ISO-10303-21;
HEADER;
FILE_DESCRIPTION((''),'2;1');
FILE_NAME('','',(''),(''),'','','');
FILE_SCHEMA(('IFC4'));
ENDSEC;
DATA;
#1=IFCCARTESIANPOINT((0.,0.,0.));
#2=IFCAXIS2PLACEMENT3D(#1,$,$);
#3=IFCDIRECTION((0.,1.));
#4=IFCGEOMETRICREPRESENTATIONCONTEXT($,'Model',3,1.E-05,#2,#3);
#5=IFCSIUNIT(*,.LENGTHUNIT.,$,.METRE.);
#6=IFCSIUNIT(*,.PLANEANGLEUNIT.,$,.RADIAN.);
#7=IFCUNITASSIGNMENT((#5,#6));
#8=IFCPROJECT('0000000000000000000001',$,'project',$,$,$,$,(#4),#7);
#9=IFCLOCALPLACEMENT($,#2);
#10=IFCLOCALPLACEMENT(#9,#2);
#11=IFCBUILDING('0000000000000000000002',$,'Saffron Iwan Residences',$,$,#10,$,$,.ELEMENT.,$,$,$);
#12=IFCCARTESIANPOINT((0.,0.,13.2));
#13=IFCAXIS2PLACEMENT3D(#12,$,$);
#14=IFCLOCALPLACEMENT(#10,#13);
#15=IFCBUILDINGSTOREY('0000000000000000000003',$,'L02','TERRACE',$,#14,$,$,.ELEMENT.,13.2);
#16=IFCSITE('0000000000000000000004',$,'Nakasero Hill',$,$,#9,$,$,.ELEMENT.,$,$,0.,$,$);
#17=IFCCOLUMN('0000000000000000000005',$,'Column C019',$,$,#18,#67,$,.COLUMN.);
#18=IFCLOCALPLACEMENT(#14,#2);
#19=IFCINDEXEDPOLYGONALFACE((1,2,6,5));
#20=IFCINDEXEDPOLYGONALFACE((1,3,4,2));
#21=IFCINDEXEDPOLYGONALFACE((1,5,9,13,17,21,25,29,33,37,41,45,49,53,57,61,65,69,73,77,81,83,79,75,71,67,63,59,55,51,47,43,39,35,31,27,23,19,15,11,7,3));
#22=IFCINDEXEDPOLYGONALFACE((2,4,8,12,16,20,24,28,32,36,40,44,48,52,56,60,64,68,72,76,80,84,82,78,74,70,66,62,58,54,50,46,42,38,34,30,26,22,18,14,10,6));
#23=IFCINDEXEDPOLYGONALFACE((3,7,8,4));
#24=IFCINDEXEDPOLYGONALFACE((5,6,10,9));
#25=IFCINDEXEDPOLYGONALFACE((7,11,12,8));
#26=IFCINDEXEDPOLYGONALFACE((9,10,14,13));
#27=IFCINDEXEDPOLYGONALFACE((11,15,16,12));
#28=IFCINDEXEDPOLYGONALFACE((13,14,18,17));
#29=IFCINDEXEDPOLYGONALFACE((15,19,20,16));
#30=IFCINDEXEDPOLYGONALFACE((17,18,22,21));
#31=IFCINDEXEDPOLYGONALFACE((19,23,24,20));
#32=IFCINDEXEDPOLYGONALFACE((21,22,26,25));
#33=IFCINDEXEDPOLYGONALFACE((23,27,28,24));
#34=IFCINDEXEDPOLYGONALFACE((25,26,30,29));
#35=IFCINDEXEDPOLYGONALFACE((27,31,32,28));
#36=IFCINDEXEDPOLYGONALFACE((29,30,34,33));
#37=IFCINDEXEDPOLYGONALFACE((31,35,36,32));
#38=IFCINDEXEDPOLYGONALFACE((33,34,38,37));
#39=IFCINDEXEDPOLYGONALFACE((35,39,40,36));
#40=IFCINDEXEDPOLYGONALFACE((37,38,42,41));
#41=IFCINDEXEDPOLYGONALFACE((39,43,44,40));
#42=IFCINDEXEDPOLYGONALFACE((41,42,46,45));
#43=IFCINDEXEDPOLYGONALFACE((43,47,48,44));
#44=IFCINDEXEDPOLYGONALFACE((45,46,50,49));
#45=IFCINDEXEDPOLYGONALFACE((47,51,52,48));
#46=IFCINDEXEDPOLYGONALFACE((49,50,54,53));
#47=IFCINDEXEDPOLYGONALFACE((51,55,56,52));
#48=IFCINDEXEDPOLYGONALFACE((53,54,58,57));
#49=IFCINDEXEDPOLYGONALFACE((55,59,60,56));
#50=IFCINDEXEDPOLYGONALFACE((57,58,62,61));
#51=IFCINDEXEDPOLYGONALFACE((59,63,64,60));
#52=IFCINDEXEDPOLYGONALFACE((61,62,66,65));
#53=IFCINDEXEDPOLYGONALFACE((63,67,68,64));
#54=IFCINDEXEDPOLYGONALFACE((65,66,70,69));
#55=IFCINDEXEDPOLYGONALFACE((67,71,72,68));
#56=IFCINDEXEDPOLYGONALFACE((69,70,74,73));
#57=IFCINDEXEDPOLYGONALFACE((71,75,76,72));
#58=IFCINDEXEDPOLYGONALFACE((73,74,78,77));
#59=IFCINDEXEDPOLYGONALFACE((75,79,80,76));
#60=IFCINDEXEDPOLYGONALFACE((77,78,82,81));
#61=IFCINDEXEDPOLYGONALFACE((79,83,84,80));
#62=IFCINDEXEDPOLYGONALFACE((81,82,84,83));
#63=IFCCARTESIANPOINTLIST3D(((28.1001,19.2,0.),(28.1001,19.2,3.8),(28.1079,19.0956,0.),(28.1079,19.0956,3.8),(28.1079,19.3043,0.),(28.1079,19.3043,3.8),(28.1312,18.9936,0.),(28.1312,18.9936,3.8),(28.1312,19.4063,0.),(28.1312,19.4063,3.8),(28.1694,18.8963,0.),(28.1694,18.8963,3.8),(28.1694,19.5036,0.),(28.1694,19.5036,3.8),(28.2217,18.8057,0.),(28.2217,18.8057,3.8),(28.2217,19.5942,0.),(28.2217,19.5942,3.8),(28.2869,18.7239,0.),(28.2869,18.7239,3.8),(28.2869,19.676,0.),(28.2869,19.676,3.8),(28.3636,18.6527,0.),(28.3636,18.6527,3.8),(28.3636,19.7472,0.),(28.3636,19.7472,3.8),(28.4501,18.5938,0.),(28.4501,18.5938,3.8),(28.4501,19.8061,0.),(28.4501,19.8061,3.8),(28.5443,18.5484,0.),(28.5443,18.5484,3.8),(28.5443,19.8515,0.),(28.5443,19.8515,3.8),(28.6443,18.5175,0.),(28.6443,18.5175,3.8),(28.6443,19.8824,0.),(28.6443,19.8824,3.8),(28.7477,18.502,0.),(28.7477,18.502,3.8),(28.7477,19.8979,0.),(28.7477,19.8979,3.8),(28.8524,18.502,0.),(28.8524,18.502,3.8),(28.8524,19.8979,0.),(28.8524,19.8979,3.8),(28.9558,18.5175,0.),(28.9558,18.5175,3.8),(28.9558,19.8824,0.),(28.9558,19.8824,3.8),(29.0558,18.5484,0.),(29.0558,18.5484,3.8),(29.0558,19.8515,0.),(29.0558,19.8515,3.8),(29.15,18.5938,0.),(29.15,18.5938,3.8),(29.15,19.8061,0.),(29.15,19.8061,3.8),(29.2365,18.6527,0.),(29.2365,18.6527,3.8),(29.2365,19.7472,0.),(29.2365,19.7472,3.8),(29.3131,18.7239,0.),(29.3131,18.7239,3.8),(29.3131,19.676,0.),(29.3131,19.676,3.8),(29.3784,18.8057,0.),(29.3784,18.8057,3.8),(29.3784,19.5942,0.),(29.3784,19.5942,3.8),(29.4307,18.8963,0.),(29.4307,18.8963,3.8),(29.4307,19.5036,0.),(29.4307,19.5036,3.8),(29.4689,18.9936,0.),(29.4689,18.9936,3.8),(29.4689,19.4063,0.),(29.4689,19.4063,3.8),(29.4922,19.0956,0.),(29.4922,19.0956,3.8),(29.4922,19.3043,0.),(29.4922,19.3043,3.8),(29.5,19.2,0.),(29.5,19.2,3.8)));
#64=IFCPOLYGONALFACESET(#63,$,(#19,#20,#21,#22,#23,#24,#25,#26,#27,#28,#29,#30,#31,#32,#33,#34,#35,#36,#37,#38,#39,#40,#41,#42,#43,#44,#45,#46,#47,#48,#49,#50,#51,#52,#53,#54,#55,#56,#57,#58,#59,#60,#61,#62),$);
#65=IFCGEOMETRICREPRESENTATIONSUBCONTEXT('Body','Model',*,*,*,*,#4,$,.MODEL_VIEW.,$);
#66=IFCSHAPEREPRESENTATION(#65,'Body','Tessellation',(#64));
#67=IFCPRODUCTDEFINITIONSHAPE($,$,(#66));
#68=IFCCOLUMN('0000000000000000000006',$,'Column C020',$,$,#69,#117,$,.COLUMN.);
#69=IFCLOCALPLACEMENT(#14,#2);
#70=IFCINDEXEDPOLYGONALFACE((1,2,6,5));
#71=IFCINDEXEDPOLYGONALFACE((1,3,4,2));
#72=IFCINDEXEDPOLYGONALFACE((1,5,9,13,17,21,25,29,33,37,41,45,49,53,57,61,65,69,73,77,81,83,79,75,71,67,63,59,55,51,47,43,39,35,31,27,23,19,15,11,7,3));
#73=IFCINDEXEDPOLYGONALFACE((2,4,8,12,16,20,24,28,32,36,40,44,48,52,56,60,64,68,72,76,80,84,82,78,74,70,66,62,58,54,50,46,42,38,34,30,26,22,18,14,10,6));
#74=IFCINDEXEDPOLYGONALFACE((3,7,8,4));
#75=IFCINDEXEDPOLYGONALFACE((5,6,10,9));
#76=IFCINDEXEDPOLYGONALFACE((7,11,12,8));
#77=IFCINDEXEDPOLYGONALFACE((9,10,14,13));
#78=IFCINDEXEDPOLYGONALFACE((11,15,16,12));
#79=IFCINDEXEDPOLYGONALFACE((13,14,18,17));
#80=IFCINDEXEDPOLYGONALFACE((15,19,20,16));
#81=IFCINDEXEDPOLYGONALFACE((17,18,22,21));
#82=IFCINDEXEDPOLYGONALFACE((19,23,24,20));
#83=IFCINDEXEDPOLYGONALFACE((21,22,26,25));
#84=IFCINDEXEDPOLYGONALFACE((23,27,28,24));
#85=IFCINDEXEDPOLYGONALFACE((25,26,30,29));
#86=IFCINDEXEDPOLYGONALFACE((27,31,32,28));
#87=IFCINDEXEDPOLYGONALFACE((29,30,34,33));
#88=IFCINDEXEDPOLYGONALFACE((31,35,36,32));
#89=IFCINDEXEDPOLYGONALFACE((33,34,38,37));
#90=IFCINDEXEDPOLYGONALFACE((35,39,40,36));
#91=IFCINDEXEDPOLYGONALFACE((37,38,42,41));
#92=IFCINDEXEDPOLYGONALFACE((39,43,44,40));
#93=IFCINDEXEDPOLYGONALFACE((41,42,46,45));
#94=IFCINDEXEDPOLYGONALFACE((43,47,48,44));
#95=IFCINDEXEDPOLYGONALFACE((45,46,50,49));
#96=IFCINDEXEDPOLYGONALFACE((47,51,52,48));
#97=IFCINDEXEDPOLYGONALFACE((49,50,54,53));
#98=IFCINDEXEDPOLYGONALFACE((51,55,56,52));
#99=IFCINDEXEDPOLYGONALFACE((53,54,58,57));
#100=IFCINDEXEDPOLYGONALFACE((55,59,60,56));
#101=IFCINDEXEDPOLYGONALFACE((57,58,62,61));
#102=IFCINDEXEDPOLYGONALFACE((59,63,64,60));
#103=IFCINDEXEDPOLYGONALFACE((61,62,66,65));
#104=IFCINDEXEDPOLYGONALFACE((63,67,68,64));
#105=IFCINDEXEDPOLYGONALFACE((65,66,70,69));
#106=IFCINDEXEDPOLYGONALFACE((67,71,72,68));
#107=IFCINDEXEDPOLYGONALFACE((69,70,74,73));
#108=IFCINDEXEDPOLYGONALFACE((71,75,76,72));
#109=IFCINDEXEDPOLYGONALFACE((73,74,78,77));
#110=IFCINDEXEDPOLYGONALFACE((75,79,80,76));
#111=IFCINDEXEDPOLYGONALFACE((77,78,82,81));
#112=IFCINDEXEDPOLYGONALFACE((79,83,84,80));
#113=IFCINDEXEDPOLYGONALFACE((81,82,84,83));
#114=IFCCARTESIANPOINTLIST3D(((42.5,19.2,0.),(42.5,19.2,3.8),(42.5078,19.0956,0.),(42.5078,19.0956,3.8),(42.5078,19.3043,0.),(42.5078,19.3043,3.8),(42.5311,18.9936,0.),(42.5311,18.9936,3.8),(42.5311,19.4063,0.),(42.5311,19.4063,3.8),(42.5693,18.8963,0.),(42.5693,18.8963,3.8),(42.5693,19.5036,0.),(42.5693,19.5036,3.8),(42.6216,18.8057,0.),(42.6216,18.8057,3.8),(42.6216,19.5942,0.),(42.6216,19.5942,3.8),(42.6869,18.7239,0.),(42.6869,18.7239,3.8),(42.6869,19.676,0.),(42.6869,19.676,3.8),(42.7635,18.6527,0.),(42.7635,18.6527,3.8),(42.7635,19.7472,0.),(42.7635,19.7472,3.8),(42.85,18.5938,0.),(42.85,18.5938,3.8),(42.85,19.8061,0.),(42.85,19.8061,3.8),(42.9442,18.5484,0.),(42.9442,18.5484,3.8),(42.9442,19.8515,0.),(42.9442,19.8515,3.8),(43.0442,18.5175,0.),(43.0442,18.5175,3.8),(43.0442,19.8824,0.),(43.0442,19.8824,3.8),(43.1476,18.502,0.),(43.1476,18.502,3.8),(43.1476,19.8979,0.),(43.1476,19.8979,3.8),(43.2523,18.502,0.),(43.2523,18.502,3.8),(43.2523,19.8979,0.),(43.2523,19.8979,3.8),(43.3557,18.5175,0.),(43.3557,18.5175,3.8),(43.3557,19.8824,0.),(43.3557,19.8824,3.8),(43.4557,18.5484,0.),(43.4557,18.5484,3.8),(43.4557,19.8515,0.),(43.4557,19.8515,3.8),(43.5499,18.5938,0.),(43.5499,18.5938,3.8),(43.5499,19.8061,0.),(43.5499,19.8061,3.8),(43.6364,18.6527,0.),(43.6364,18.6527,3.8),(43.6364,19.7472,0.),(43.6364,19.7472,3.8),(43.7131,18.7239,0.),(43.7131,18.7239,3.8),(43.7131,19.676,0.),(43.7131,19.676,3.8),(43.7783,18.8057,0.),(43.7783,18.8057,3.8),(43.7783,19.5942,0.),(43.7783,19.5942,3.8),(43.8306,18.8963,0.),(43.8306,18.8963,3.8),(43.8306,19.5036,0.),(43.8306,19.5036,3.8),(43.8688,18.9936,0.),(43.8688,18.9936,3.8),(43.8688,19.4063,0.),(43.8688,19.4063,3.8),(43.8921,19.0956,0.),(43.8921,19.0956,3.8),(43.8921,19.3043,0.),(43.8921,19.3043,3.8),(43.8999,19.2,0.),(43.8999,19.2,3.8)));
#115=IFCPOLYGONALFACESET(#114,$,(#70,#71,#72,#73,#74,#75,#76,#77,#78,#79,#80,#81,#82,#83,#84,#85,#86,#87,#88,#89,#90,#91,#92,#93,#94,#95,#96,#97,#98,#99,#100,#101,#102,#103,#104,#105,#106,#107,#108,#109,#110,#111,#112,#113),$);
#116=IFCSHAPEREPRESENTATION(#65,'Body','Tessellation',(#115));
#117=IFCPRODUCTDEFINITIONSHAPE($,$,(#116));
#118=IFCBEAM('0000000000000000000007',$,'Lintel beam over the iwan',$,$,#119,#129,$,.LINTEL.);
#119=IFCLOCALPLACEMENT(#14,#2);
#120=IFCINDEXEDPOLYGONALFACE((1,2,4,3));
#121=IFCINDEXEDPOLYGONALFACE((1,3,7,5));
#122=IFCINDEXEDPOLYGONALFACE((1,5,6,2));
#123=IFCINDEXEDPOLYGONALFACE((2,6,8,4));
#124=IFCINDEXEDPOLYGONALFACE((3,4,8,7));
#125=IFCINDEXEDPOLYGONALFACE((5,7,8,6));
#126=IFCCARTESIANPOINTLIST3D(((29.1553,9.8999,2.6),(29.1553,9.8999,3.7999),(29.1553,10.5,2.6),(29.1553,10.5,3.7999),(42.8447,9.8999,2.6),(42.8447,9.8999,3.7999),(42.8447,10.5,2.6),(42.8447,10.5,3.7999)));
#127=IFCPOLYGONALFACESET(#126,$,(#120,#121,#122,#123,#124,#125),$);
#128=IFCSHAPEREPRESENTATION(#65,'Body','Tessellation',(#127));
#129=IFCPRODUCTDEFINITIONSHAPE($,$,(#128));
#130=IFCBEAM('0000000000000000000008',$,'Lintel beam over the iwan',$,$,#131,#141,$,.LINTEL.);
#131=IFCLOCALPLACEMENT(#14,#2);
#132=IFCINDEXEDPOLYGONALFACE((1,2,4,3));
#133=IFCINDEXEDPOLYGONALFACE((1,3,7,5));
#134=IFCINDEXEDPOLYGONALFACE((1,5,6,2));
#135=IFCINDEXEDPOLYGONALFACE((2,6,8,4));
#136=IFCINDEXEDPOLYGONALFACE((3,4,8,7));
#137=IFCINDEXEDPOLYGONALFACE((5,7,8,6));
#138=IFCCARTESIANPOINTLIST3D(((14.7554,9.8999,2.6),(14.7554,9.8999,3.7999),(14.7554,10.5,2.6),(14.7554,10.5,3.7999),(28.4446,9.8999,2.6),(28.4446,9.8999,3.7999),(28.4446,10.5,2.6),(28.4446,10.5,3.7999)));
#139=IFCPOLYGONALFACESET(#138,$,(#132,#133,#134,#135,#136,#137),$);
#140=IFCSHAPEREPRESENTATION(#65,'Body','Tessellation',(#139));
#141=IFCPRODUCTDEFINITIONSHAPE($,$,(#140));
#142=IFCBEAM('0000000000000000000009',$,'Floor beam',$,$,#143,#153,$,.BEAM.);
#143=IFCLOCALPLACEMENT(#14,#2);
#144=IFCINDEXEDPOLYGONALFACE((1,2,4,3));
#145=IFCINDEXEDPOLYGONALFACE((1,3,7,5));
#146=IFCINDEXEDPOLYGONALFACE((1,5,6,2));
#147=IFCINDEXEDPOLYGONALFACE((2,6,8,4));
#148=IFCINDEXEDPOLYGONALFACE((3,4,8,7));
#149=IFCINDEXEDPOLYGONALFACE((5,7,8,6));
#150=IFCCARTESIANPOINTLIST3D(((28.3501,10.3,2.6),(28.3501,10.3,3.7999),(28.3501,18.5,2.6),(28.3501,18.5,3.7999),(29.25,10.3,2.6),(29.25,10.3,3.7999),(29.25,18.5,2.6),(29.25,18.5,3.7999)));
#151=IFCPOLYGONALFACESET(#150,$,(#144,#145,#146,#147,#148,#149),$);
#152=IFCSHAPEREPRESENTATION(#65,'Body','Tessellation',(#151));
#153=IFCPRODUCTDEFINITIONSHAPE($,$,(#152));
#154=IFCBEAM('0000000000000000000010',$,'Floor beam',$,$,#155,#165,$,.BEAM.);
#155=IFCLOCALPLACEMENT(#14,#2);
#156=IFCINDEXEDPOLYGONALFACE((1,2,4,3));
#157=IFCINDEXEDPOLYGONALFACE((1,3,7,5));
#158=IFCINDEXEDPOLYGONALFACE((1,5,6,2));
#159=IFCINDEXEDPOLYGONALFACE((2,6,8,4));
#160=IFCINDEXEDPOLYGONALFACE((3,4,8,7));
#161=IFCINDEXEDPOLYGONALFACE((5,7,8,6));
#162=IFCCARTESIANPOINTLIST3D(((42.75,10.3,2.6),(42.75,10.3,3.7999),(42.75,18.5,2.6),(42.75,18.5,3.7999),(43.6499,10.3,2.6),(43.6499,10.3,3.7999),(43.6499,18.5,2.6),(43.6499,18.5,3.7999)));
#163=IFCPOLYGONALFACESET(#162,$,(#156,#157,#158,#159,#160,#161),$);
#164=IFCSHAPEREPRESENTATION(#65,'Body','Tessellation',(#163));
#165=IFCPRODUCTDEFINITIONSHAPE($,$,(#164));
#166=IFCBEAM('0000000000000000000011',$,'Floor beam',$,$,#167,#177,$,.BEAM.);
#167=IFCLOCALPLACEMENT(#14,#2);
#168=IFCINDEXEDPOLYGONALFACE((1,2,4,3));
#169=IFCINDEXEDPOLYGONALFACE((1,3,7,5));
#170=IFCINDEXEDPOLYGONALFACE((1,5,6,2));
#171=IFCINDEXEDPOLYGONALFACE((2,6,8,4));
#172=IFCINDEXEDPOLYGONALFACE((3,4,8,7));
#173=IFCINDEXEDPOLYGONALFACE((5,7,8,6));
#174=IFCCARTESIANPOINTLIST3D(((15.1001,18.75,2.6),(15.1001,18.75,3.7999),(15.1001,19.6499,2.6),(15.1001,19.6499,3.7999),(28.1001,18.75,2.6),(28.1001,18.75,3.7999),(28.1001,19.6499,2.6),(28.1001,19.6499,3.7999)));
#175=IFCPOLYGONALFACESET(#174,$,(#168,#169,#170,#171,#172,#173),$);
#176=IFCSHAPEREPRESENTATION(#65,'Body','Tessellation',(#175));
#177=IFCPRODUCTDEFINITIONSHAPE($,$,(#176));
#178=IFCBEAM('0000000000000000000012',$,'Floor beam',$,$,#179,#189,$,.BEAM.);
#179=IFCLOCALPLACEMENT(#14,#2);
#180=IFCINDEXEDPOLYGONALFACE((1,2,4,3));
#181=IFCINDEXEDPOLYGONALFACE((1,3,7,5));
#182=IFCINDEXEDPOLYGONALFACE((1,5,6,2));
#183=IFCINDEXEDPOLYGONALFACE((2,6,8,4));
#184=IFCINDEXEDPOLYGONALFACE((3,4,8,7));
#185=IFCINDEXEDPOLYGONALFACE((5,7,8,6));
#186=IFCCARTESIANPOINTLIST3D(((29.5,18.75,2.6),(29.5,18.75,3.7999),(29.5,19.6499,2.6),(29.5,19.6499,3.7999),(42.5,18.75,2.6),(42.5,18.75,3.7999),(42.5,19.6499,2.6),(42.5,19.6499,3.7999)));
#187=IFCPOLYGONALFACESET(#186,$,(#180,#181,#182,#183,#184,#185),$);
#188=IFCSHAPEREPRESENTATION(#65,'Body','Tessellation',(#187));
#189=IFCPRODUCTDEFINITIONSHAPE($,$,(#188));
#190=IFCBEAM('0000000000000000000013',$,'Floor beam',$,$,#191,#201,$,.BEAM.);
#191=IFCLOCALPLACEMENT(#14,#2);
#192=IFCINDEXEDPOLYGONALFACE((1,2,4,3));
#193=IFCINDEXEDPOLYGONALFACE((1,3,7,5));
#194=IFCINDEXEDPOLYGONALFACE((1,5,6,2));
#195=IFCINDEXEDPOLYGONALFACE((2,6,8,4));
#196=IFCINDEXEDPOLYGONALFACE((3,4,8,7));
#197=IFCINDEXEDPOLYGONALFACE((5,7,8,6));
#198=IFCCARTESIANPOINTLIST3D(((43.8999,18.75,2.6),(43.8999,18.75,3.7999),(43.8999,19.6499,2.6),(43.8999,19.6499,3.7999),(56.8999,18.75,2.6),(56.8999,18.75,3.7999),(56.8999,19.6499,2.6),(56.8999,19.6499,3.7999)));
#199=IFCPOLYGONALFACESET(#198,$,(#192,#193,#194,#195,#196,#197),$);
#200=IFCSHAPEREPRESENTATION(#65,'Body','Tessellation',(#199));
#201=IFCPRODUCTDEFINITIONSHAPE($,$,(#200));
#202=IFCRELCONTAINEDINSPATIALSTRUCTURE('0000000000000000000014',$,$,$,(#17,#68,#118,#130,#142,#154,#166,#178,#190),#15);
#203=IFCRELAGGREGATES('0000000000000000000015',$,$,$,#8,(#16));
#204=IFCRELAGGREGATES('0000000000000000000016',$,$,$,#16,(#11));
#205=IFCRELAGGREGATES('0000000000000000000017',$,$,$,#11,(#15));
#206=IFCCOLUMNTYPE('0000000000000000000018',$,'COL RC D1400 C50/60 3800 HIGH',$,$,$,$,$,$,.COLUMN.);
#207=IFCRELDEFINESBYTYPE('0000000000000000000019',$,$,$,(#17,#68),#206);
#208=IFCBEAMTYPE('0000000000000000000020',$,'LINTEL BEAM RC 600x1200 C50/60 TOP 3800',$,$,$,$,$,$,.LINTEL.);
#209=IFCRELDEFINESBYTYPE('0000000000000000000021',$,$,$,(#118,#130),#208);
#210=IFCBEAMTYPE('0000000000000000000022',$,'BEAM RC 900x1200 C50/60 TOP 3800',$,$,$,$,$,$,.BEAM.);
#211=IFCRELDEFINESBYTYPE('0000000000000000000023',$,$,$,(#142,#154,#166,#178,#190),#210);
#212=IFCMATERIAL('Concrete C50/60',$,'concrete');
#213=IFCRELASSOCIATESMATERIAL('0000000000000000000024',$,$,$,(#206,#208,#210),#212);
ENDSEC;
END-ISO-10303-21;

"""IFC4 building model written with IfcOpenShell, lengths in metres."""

from ifc_helpers import new_model, si_unit, direction, frame, origin, origin_2d, place, context, subcontext, project, spatial, rectangle, circle, extrude, source, transform, mapped, material, material_profile, profile_set, type_object, element, save


model = new_model("IFC4")

# Units and contexts
model_context = context("Model", 3, precision=1e-05, world=origin(), true_north=direction((0.0, 1.0)))
body_context = subcontext(model_context, "Body", "Model", "MODEL_VIEW")
ifc_project = project(units=[si_unit("LENGTHUNIT", "METRE"), si_unit("PLANEANGLEUNIT", "RADIAN")], contexts=[model_context])

# Site, building, storey
site_placement = place(None, origin())
site = spatial("IfcSite", under=ifc_project, at=site_placement, Name="Nakasero Hill", CompositionType="ELEMENT", RefElevation=0.0)
building_placement = place(site_placement, origin())
building = spatial("IfcBuilding", under=site, at=building_placement, Name="Saffron Iwan Residences", CompositionType="ELEMENT")
storey_placement = place(building_placement, frame((0.0, 0.0, 13.2)))
storey = spatial("IfcBuildingStorey", under=building, at=storey_placement, Name="L02", Description="TERRACE", CompositionType="ELEMENT", Elevation=13.2)

# Columns
ifc_material_1 = material(Name="Concrete C50/60", Category="concrete")
ifc_material_profile_1 = material_profile(ifc_material_1, circle(Radius=0.7, at=origin_2d()), Name="RC D1400")
ifc_profile_set_1 = profile_set([ifc_material_profile_1], Name="Concrete C50/60")
column_type = type_object("IfcColumnType", Name="COL RC D1400 C50/60 3800 HIGH", PredefinedType="COLUMN", material=ifc_profile_set_1)
shared_shape_1 = source(origin(), body_context, "Body", "SweptSolid", [
    extrude(circle(Radius=0.7, at=origin_2d()), origin(), (0.0, 0.0, 1.0), 3.8),
])
for number, where, z_axis, x_axis, name in (
    (1, (28.8, 19.2, 0.0), (0.0, 0.0, 1.0), (1.0, 0.0, 0.0), "Column C019"),
    (2, (43.2, 19.2, 0.0), (0.0, 0.0, 1.0), (1.0, 0.0, 0.0), "Column C020"),
):
    element("IfcColumn", number, at=place(storey_placement, frame(where, z_axis=z_axis, x_axis=x_axis)), inside=storey, type_object=column_type, Name=name, PredefinedType="COLUMN", context=body_context, shape_type="MappedRepresentation", body=[
        mapped(shared_shape_1, transform((0.0, 0.0, 0.0))),
    ])

# Beams
ifc_material_profile_2 = material_profile(ifc_material_1, rectangle(XDim=0.6001, YDim=1.2, at=origin_2d()), Name="RC 600x1200")
ifc_profile_set_2 = profile_set([ifc_material_profile_2], Name="Concrete C50/60")
beam_type_1 = type_object("IfcBeamType", Name="LINTEL BEAM RC 600x1200 C50/60 TOP 3800", PredefinedType="LINTEL", material=ifc_profile_set_2)
shared_shape_2 = source(origin(), body_context, "Body", "SweptSolid", [
    extrude(rectangle(XDim=0.6001, YDim=1.2, at=origin_2d()), origin(), (0.0, 0.0, 1.0), 13.6895),
])
beam_1_placement = place(storey_placement, frame((42.8447, 10.2, 3.2), z_axis=(-1.0, 0.0, 0.0), x_axis=(0.0, -1.0, 0.0)))
element("IfcBeam", 3, at=beam_1_placement, inside=storey, type_object=beam_type_1, Name="Lintel beam over the iwan", PredefinedType="LINTEL", context=body_context, shape_type="MappedRepresentation", body=[
    mapped(shared_shape_2, transform((0.0, 0.0, 0.0))),
])
shared_shape_3 = source(origin(), body_context, "Body", "SweptSolid", [
    extrude(rectangle(XDim=0.6001, YDim=1.2, at=origin_2d()), origin(), (0.0, 0.0, 1.0), 13.6892),
])
beam_2_placement = place(storey_placement, frame((28.4446, 10.2, 3.2), z_axis=(-1.0, 0.0, 0.0), x_axis=(0.0, -1.0, 0.0)))
element("IfcBeam", 4, at=beam_2_placement, inside=storey, type_object=beam_type_1, Name="Lintel beam over the iwan", PredefinedType="LINTEL", context=body_context, shape_type="MappedRepresentation", body=[
    mapped(shared_shape_3, transform((0.0, 0.0, 0.0))),
])
ifc_material_profile_3 = material_profile(ifc_material_1, rectangle(XDim=0.8999, YDim=1.2, at=origin_2d()), Name="RC 900x1200")
ifc_profile_set_3 = profile_set([ifc_material_profile_3], Name="Concrete C50/60")
beam_type_2 = type_object("IfcBeamType", Name="BEAM RC 900x1200 C50/60 TOP 3800", PredefinedType="BEAM", material=ifc_profile_set_3)
shared_shape_4 = source(origin(), body_context, "Body", "SweptSolid", [
    extrude(rectangle(XDim=0.8999, YDim=1.2, at=origin_2d()), origin(), (0.0, 0.0, 1.0), 8.2),
])
for number, where, z_axis, x_axis, name in (
    (5, (28.8, 10.3, 3.2), (0.0, 1.0, 0.0), (-1.0, 0.0, 0.0), "Floor beam"),
    (6, (43.2, 10.3, 3.2), (0.0, 1.0, 0.0), (-1.0, 0.0, 0.0), "Floor beam"),
):
    element("IfcBeam", number, at=place(storey_placement, frame(where, z_axis=z_axis, x_axis=x_axis)), inside=storey, type_object=beam_type_2, Name=name, PredefinedType="BEAM", context=body_context, shape_type="MappedRepresentation", body=[
        mapped(shared_shape_4, transform((0.0, 0.0, 0.0))),
    ])
shared_shape_5 = source(origin(), body_context, "Body", "SweptSolid", [
    extrude(rectangle(XDim=0.8999, YDim=1.2, at=origin_2d()), origin(), (0.0, 0.0, 1.0), 13.0),
])
for number, where, z_axis, x_axis, name in (
    (7, (15.1001, 19.2, 3.2), (1.0, 0.0, 0.0), (0.0, 1.0, 0.0), "Floor beam"),
    (8, (29.5, 19.2, 3.2), (1.0, 0.0, 0.0), (0.0, 1.0, 0.0), "Floor beam"),
    (9, (43.8999, 19.2, 3.2), (1.0, 0.0, 0.0), (0.0, 1.0, 0.0), "Floor beam"),
):
    element("IfcBeam", number, at=place(storey_placement, frame(where, z_axis=z_axis, x_axis=x_axis)), inside=storey, type_object=beam_type_2, Name=name, PredefinedType="BEAM", context=body_context, shape_type="MappedRepresentation", body=[
        mapped(shared_shape_5, transform((0.0, 0.0, 0.0))),
    ])

save(model, "model.ifc")
